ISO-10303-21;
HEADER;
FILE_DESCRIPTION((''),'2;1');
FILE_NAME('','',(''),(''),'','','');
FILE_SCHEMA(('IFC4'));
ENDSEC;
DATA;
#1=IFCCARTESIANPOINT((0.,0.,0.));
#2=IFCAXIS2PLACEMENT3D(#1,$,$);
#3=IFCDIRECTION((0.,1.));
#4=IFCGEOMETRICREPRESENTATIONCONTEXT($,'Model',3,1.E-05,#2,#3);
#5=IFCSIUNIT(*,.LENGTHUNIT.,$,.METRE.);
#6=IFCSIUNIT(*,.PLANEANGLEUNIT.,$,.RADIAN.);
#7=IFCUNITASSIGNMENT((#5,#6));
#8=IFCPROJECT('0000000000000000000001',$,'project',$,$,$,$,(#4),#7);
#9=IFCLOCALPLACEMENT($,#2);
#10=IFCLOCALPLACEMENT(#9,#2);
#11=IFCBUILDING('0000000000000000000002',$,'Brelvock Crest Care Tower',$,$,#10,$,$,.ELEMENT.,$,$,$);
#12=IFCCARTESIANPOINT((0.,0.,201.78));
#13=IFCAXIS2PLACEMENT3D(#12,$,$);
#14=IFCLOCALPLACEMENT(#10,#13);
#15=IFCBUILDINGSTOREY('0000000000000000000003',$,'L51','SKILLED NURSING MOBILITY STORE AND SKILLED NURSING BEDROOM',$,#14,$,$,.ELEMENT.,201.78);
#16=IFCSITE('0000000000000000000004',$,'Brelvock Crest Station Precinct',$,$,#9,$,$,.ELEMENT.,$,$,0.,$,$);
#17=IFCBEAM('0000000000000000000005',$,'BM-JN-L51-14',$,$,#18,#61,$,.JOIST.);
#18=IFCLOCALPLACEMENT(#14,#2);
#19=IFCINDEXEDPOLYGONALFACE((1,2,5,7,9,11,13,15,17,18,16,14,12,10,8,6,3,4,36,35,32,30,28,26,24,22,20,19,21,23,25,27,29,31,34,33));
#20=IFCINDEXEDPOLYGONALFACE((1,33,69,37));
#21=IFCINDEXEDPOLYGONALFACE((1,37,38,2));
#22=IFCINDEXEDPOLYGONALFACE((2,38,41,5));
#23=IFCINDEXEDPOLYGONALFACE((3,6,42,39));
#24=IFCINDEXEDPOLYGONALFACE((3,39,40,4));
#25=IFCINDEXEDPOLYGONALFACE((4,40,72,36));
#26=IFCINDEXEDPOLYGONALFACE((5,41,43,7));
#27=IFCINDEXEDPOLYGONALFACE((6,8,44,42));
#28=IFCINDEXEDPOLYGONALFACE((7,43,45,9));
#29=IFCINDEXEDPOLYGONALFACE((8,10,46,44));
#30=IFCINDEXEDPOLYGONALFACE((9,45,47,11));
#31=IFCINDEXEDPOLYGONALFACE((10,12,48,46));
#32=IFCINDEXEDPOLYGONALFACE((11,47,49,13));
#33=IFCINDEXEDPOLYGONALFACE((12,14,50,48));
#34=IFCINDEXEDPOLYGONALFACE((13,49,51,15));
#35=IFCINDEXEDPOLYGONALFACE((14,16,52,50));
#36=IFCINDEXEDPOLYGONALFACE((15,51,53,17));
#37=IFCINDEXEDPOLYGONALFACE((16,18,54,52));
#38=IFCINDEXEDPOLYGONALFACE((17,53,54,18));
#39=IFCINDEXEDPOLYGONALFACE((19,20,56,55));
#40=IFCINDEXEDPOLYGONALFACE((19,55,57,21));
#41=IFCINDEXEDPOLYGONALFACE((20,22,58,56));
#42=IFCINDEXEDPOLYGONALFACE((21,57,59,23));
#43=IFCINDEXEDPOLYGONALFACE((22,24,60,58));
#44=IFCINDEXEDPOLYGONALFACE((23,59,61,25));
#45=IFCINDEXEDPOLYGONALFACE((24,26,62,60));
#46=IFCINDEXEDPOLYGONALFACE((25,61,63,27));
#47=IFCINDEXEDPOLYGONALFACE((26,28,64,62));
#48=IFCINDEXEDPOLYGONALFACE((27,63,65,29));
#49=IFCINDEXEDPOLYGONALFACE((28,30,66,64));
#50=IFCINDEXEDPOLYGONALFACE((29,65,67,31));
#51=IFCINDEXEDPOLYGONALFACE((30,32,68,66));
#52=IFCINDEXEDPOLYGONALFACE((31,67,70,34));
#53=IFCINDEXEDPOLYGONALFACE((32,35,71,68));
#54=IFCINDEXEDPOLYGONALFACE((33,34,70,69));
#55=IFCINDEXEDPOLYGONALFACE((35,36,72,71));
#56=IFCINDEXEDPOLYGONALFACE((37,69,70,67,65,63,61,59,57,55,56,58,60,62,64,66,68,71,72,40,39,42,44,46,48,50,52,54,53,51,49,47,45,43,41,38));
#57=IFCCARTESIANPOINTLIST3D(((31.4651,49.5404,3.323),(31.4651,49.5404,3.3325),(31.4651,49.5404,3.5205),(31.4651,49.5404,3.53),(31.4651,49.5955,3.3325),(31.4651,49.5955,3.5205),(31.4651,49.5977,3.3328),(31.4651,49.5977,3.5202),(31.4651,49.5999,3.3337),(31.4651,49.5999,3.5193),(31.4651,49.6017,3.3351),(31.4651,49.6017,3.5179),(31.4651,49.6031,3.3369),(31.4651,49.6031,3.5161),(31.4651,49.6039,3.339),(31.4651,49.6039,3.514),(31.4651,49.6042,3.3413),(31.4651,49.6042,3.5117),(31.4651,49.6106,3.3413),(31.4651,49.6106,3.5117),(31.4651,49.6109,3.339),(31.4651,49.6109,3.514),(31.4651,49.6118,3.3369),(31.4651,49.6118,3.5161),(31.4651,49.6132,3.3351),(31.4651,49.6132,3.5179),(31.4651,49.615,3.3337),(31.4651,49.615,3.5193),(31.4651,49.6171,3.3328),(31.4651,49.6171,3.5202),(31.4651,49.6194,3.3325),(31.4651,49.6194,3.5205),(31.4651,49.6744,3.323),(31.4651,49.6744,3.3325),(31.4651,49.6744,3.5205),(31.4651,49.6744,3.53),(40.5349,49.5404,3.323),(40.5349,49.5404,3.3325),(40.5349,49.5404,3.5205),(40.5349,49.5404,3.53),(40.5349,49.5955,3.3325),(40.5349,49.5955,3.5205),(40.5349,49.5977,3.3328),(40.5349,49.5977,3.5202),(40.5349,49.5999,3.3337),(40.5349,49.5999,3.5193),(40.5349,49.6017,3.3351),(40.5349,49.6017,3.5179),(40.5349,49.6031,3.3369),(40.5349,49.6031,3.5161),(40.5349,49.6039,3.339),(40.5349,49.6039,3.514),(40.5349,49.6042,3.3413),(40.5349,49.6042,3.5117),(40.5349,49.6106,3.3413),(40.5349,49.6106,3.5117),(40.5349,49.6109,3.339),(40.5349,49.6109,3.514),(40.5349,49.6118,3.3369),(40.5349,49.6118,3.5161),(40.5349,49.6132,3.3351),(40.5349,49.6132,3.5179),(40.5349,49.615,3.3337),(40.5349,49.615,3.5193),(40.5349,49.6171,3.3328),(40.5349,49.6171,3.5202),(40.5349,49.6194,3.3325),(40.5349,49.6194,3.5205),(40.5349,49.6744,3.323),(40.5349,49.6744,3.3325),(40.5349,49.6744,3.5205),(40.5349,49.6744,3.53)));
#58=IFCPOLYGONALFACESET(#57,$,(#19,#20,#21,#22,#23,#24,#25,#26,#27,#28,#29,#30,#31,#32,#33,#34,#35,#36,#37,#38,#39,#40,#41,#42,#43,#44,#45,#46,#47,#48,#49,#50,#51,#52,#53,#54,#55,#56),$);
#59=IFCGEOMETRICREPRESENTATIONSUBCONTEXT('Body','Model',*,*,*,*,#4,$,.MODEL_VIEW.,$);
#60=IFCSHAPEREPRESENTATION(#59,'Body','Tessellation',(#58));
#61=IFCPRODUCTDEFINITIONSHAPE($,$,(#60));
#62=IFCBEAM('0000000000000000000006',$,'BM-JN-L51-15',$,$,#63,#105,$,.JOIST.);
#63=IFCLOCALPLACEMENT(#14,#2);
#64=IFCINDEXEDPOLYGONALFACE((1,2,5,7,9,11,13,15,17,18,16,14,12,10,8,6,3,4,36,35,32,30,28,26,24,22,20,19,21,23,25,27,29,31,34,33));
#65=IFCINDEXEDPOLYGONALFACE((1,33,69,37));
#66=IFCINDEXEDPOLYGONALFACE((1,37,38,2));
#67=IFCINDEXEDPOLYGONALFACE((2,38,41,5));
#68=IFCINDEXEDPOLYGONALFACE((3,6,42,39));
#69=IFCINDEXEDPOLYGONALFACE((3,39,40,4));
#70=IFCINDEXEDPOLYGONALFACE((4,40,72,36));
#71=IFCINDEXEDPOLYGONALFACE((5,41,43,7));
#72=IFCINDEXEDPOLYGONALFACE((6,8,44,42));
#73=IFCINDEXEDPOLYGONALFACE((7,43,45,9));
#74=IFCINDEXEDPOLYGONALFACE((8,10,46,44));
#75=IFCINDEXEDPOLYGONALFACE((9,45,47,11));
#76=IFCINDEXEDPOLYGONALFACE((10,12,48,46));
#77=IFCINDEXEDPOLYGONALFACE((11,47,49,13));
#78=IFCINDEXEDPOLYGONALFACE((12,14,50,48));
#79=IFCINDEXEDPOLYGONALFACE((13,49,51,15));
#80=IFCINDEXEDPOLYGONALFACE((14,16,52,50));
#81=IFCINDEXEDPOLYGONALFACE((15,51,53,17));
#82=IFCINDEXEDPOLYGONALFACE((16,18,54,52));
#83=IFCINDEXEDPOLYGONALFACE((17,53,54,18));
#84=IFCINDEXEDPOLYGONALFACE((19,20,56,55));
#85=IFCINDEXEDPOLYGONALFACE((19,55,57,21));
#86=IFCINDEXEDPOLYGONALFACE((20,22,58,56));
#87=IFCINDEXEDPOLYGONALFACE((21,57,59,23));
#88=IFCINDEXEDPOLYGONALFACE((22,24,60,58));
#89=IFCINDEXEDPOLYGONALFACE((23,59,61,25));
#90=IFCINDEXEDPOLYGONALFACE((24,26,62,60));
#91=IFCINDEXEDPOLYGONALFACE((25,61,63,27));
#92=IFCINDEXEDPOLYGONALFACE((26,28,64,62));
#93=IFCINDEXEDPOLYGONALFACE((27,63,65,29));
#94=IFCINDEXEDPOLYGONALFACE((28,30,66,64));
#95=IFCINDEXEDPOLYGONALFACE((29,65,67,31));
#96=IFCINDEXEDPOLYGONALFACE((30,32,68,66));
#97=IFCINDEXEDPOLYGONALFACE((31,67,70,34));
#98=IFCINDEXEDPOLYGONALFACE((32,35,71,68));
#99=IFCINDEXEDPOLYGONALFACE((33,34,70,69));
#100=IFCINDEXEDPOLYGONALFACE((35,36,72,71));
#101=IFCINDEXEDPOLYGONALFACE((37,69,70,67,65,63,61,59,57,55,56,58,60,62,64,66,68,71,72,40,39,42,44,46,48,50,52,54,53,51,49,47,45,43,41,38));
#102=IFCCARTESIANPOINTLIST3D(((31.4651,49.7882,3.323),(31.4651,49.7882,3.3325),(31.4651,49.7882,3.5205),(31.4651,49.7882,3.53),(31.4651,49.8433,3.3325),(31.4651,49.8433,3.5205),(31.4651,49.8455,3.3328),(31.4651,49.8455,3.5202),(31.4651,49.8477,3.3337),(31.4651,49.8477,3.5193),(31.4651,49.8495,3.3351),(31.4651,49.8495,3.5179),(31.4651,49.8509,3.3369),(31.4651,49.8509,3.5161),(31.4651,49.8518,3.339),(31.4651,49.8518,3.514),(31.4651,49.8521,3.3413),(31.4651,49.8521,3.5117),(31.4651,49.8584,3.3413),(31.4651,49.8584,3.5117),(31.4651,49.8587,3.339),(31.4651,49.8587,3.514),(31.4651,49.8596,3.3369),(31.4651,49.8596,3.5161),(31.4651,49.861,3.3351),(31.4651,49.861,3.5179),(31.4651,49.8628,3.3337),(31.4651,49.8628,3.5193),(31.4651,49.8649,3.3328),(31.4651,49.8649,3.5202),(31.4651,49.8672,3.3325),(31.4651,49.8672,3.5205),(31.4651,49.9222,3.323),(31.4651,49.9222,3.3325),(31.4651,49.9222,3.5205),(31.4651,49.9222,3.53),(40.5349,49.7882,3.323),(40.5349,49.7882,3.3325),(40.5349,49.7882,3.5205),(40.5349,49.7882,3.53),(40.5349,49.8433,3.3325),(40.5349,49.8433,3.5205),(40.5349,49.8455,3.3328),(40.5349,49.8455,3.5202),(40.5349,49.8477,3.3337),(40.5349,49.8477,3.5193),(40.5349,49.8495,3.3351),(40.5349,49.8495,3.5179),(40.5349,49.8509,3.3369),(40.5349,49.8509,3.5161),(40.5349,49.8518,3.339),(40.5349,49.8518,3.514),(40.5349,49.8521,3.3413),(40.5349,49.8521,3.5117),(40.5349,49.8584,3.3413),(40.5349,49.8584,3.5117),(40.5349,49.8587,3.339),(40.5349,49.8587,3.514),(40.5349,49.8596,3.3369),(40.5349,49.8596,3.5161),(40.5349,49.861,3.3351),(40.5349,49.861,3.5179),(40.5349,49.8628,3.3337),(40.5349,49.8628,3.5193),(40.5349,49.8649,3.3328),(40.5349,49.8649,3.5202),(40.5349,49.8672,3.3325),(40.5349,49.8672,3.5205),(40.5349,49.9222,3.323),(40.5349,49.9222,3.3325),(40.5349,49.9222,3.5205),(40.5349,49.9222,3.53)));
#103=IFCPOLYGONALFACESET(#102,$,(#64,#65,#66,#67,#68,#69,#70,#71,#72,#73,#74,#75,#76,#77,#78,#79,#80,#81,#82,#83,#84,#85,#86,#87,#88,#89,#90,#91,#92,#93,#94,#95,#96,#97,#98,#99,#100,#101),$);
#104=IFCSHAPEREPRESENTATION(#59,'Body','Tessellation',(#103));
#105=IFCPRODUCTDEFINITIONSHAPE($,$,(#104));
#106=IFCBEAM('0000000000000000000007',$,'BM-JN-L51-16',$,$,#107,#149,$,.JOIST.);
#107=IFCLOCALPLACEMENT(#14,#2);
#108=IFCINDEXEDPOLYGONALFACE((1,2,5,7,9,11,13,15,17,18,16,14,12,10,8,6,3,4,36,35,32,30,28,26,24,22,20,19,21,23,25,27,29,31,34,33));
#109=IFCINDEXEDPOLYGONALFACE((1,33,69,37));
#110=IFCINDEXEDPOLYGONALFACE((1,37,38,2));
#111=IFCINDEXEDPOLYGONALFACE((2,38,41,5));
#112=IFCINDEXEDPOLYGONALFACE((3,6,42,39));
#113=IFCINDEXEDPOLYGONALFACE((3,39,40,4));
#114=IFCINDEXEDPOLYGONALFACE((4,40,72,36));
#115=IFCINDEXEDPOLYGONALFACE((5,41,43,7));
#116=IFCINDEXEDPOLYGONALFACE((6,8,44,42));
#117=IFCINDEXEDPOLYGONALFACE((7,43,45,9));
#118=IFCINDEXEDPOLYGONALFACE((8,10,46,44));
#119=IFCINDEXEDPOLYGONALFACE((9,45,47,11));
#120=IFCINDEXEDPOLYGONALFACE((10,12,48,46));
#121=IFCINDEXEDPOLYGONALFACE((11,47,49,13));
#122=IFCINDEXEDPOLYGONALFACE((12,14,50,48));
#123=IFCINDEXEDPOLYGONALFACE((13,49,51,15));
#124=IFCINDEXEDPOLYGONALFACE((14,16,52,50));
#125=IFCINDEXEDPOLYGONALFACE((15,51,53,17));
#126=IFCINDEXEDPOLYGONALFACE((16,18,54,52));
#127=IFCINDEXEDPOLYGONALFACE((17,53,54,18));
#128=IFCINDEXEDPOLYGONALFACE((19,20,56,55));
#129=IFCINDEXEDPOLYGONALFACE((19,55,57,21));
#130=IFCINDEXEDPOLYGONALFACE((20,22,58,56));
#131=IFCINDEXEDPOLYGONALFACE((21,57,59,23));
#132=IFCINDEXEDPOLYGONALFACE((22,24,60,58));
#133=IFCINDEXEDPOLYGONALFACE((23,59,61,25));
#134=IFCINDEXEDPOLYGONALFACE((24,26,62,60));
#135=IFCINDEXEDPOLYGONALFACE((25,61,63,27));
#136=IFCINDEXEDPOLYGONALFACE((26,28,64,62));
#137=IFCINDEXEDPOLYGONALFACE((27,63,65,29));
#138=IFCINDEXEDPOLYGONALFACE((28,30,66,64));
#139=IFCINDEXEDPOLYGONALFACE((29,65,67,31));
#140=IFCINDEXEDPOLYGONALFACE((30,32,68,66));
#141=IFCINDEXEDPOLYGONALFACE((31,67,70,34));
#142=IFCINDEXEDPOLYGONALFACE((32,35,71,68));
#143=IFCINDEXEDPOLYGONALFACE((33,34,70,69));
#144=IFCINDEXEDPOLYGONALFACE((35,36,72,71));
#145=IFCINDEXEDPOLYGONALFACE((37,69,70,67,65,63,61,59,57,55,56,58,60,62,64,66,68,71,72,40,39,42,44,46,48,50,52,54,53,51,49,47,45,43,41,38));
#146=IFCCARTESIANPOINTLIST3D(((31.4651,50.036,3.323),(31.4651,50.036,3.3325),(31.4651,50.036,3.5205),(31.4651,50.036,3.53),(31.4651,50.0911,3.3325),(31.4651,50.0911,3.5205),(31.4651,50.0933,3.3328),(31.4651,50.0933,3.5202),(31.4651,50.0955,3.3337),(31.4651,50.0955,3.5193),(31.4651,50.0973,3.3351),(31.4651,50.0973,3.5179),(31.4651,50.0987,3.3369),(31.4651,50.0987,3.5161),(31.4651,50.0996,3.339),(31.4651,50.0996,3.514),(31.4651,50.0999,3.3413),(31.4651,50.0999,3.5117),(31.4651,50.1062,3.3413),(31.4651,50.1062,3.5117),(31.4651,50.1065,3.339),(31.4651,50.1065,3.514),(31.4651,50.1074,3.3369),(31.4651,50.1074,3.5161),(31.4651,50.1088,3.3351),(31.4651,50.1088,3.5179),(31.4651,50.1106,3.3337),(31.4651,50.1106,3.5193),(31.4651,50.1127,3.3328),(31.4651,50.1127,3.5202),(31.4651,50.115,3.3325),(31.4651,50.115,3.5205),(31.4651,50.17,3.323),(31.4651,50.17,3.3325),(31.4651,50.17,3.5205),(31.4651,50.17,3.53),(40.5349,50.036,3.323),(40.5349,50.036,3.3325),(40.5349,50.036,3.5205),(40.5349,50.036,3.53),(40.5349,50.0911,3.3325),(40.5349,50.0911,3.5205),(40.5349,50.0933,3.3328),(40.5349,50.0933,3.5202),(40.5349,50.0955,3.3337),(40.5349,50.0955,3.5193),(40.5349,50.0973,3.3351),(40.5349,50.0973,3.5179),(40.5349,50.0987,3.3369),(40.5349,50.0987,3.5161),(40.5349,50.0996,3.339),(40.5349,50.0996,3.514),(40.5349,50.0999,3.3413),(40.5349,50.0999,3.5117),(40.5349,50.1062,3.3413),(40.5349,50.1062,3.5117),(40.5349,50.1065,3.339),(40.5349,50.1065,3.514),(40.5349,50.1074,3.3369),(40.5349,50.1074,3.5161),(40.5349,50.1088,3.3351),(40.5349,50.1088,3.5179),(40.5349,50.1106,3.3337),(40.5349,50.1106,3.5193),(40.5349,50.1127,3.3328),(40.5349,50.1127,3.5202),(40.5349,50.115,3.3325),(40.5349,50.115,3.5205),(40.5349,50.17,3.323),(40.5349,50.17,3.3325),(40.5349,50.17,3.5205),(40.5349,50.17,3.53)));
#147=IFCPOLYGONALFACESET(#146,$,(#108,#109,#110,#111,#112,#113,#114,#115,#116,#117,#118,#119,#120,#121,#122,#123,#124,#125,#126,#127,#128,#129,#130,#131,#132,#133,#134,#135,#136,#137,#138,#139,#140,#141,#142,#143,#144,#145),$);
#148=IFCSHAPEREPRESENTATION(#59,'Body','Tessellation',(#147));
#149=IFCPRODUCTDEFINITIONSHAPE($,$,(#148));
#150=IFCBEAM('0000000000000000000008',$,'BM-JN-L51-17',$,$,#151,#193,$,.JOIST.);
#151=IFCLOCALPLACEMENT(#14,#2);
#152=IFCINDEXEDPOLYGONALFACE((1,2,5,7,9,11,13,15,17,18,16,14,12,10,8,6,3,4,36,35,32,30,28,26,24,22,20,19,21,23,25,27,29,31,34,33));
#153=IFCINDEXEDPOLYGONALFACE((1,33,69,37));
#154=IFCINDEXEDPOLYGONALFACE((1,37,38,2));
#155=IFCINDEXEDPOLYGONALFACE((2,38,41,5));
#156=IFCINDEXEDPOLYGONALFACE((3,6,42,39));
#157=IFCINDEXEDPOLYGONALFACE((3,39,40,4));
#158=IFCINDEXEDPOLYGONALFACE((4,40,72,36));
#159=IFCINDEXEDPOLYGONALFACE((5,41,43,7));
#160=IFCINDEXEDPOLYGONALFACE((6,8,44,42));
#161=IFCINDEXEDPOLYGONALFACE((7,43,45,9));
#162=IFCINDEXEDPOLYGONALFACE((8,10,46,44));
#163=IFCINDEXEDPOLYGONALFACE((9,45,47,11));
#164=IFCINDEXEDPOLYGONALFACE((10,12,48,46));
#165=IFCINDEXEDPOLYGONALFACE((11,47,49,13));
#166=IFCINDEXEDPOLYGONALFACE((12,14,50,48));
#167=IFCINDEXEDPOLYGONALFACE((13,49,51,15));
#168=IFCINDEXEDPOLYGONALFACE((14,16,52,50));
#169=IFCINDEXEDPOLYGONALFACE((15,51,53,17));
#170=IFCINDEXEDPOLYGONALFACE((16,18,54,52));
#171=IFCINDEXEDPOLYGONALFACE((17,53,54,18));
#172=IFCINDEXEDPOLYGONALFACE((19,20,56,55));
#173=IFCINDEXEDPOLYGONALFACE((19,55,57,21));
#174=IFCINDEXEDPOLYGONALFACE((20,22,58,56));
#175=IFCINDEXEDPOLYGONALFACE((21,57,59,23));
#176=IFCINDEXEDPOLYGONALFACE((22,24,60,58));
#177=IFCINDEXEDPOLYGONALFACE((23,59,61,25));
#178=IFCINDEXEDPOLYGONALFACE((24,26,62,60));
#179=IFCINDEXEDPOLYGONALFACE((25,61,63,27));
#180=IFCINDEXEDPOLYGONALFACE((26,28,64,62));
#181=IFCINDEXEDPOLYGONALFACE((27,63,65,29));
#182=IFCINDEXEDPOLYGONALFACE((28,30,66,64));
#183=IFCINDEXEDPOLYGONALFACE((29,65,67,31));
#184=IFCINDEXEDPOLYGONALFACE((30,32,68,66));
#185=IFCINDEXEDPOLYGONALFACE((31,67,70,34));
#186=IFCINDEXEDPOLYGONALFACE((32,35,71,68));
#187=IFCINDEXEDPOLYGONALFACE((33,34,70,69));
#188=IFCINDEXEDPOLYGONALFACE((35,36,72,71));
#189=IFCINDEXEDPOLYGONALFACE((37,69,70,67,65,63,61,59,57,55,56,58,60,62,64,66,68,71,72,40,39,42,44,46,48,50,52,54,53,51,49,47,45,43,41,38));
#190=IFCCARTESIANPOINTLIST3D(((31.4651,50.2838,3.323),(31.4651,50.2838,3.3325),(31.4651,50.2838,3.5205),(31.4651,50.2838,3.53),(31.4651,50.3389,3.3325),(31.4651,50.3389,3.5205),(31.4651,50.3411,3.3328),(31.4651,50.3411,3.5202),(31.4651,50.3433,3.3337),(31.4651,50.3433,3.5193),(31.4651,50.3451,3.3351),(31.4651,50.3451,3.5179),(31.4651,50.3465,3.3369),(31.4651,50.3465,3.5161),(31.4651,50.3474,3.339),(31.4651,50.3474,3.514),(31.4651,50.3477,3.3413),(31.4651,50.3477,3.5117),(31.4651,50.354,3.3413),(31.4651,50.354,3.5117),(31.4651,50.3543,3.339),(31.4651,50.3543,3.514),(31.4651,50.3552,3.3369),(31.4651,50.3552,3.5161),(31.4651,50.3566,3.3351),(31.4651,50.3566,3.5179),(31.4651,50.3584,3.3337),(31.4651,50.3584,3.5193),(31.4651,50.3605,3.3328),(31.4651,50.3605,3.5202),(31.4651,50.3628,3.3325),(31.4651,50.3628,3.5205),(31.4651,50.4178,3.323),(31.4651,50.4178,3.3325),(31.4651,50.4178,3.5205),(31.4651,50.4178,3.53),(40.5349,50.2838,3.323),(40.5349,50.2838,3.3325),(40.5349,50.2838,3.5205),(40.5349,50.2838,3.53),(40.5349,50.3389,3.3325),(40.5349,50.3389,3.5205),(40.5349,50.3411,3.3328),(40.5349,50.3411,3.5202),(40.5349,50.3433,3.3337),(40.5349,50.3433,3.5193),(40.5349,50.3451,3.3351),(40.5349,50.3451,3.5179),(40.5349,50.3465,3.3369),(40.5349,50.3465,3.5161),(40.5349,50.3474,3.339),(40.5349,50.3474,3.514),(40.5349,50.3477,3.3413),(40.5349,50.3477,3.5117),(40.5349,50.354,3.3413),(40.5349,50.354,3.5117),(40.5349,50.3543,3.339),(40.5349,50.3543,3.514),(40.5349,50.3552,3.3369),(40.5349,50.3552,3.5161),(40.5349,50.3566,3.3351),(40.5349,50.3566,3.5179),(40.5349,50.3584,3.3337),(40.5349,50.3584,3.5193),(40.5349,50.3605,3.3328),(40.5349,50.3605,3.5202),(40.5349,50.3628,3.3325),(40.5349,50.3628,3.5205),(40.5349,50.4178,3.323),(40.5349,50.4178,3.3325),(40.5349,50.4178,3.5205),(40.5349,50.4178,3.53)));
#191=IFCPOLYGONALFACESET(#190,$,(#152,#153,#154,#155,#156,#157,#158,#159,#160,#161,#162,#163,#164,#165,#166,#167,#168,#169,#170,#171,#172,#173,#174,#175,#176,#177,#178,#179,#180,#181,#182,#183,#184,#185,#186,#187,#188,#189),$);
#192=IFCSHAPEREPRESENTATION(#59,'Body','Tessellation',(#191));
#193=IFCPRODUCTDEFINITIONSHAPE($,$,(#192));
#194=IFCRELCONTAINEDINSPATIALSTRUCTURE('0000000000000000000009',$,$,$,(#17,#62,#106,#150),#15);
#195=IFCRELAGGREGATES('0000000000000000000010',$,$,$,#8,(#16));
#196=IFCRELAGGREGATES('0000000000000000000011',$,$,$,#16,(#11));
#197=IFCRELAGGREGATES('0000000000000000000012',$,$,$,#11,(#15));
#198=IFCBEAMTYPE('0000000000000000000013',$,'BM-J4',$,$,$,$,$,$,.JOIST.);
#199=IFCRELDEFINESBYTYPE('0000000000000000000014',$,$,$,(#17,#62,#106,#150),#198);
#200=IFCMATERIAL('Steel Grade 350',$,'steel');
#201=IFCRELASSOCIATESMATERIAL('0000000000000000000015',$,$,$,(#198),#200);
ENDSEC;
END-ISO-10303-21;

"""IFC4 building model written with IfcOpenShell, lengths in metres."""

from ifc_helpers import new_model, si_unit, direction, frame, origin, origin_2d, place, context, subcontext, project, spatial, i_section, extrude, source, transform, mapped, material, material_profile, profile_set, type_object, element, save


model = new_model("IFC4")

# Units and contexts
model_context = context("Model", 3, precision=1e-05, world=origin(), true_north=direction((0.0, 1.0)))
body_context = subcontext(model_context, "Body", "Model", "MODEL_VIEW")
ifc_project = project(units=[si_unit("LENGTHUNIT", "METRE"), si_unit("PLANEANGLEUNIT", "RADIAN")], contexts=[model_context])

# Site, building, storey
site_placement = place(None, origin())
site = spatial("IfcSite", under=ifc_project, at=site_placement, Name="Brelvock Crest Station Precinct", CompositionType="ELEMENT", RefElevation=0.0)
building_placement = place(site_placement, origin())
building = spatial("IfcBuilding", under=site, at=building_placement, Name="Brelvock Crest Care Tower", CompositionType="ELEMENT")
storey_placement = place(building_placement, frame((0.0, 0.0, 201.78)))
storey = spatial("IfcBuildingStorey", under=building, at=storey_placement, Name="L51", Description="SKILLED NURSING MOBILITY STORE AND SKILLED NURSING BEDROOM", CompositionType="ELEMENT", Elevation=201.78)

# Shared definitions
ifc_material_1 = material(Name="Steel Grade 350", Category="steel")

# Beams
ifc_material_profile_1 = material_profile(ifc_material_1, i_section(OverallWidth=0.134, OverallDepth=0.207, WebThickness=0.0063, FlangeThickness=0.0095, FilletRadius=0.0088, at=origin_2d()), Name="200UB29.8")
ifc_profile_set_1 = profile_set([ifc_material_profile_1], Name="Steel Grade 350")
beam_type_1 = type_object("IfcBeamType", Name="BM-J4", PredefinedType="JOIST", material=ifc_profile_set_1)
shared_shape_1 = source(origin(), body_context, "Body", "SweptSolid", [
    extrude(i_section(OverallWidth=0.134, OverallDepth=0.207, WebThickness=0.0063, FlangeThickness=0.0095, FilletRadius=0.0088, at=origin_2d()), origin(), (0.0, 0.0, 1.0), 9.0698),
])
for number, where, z_axis, x_axis, name in (
    (1, (31.4651, 49.6074, 3.4265), (1.0, 0.0, 0.0), (0.0, 1.0, 0.0), "BM-JN-L51-14"),
    (2, (31.4651, 49.8552, 3.4265), (1.0, 0.0, 0.0), (0.0, 1.0, 0.0), "BM-JN-L51-15"),
    (3, (31.4651, 50.103, 3.4265), (1.0, 0.0, 0.0), (0.0, 1.0, 0.0), "BM-JN-L51-16"),
    (4, (31.4651, 50.3508, 3.4265), (1.0, 0.0, 0.0), (0.0, 1.0, 0.0), "BM-JN-L51-17"),
):
    element("IfcBeam", number, at=place(storey_placement, frame(where, z_axis=z_axis, x_axis=x_axis)), inside=storey, type_object=beam_type_1, Name=name, PredefinedType="JOIST", context=body_context, shape_type="MappedRepresentation", body=[
        mapped(shared_shape_1, transform((0.0, 0.0, 0.0), x_axis=(1.0, 0.0, 0.0), y_axis=(0.0, 1.0, 0.0), z_axis=(0.0, 0.0, 1.0), scale=1.0)),
    ])

save(model, "model.ifc")
